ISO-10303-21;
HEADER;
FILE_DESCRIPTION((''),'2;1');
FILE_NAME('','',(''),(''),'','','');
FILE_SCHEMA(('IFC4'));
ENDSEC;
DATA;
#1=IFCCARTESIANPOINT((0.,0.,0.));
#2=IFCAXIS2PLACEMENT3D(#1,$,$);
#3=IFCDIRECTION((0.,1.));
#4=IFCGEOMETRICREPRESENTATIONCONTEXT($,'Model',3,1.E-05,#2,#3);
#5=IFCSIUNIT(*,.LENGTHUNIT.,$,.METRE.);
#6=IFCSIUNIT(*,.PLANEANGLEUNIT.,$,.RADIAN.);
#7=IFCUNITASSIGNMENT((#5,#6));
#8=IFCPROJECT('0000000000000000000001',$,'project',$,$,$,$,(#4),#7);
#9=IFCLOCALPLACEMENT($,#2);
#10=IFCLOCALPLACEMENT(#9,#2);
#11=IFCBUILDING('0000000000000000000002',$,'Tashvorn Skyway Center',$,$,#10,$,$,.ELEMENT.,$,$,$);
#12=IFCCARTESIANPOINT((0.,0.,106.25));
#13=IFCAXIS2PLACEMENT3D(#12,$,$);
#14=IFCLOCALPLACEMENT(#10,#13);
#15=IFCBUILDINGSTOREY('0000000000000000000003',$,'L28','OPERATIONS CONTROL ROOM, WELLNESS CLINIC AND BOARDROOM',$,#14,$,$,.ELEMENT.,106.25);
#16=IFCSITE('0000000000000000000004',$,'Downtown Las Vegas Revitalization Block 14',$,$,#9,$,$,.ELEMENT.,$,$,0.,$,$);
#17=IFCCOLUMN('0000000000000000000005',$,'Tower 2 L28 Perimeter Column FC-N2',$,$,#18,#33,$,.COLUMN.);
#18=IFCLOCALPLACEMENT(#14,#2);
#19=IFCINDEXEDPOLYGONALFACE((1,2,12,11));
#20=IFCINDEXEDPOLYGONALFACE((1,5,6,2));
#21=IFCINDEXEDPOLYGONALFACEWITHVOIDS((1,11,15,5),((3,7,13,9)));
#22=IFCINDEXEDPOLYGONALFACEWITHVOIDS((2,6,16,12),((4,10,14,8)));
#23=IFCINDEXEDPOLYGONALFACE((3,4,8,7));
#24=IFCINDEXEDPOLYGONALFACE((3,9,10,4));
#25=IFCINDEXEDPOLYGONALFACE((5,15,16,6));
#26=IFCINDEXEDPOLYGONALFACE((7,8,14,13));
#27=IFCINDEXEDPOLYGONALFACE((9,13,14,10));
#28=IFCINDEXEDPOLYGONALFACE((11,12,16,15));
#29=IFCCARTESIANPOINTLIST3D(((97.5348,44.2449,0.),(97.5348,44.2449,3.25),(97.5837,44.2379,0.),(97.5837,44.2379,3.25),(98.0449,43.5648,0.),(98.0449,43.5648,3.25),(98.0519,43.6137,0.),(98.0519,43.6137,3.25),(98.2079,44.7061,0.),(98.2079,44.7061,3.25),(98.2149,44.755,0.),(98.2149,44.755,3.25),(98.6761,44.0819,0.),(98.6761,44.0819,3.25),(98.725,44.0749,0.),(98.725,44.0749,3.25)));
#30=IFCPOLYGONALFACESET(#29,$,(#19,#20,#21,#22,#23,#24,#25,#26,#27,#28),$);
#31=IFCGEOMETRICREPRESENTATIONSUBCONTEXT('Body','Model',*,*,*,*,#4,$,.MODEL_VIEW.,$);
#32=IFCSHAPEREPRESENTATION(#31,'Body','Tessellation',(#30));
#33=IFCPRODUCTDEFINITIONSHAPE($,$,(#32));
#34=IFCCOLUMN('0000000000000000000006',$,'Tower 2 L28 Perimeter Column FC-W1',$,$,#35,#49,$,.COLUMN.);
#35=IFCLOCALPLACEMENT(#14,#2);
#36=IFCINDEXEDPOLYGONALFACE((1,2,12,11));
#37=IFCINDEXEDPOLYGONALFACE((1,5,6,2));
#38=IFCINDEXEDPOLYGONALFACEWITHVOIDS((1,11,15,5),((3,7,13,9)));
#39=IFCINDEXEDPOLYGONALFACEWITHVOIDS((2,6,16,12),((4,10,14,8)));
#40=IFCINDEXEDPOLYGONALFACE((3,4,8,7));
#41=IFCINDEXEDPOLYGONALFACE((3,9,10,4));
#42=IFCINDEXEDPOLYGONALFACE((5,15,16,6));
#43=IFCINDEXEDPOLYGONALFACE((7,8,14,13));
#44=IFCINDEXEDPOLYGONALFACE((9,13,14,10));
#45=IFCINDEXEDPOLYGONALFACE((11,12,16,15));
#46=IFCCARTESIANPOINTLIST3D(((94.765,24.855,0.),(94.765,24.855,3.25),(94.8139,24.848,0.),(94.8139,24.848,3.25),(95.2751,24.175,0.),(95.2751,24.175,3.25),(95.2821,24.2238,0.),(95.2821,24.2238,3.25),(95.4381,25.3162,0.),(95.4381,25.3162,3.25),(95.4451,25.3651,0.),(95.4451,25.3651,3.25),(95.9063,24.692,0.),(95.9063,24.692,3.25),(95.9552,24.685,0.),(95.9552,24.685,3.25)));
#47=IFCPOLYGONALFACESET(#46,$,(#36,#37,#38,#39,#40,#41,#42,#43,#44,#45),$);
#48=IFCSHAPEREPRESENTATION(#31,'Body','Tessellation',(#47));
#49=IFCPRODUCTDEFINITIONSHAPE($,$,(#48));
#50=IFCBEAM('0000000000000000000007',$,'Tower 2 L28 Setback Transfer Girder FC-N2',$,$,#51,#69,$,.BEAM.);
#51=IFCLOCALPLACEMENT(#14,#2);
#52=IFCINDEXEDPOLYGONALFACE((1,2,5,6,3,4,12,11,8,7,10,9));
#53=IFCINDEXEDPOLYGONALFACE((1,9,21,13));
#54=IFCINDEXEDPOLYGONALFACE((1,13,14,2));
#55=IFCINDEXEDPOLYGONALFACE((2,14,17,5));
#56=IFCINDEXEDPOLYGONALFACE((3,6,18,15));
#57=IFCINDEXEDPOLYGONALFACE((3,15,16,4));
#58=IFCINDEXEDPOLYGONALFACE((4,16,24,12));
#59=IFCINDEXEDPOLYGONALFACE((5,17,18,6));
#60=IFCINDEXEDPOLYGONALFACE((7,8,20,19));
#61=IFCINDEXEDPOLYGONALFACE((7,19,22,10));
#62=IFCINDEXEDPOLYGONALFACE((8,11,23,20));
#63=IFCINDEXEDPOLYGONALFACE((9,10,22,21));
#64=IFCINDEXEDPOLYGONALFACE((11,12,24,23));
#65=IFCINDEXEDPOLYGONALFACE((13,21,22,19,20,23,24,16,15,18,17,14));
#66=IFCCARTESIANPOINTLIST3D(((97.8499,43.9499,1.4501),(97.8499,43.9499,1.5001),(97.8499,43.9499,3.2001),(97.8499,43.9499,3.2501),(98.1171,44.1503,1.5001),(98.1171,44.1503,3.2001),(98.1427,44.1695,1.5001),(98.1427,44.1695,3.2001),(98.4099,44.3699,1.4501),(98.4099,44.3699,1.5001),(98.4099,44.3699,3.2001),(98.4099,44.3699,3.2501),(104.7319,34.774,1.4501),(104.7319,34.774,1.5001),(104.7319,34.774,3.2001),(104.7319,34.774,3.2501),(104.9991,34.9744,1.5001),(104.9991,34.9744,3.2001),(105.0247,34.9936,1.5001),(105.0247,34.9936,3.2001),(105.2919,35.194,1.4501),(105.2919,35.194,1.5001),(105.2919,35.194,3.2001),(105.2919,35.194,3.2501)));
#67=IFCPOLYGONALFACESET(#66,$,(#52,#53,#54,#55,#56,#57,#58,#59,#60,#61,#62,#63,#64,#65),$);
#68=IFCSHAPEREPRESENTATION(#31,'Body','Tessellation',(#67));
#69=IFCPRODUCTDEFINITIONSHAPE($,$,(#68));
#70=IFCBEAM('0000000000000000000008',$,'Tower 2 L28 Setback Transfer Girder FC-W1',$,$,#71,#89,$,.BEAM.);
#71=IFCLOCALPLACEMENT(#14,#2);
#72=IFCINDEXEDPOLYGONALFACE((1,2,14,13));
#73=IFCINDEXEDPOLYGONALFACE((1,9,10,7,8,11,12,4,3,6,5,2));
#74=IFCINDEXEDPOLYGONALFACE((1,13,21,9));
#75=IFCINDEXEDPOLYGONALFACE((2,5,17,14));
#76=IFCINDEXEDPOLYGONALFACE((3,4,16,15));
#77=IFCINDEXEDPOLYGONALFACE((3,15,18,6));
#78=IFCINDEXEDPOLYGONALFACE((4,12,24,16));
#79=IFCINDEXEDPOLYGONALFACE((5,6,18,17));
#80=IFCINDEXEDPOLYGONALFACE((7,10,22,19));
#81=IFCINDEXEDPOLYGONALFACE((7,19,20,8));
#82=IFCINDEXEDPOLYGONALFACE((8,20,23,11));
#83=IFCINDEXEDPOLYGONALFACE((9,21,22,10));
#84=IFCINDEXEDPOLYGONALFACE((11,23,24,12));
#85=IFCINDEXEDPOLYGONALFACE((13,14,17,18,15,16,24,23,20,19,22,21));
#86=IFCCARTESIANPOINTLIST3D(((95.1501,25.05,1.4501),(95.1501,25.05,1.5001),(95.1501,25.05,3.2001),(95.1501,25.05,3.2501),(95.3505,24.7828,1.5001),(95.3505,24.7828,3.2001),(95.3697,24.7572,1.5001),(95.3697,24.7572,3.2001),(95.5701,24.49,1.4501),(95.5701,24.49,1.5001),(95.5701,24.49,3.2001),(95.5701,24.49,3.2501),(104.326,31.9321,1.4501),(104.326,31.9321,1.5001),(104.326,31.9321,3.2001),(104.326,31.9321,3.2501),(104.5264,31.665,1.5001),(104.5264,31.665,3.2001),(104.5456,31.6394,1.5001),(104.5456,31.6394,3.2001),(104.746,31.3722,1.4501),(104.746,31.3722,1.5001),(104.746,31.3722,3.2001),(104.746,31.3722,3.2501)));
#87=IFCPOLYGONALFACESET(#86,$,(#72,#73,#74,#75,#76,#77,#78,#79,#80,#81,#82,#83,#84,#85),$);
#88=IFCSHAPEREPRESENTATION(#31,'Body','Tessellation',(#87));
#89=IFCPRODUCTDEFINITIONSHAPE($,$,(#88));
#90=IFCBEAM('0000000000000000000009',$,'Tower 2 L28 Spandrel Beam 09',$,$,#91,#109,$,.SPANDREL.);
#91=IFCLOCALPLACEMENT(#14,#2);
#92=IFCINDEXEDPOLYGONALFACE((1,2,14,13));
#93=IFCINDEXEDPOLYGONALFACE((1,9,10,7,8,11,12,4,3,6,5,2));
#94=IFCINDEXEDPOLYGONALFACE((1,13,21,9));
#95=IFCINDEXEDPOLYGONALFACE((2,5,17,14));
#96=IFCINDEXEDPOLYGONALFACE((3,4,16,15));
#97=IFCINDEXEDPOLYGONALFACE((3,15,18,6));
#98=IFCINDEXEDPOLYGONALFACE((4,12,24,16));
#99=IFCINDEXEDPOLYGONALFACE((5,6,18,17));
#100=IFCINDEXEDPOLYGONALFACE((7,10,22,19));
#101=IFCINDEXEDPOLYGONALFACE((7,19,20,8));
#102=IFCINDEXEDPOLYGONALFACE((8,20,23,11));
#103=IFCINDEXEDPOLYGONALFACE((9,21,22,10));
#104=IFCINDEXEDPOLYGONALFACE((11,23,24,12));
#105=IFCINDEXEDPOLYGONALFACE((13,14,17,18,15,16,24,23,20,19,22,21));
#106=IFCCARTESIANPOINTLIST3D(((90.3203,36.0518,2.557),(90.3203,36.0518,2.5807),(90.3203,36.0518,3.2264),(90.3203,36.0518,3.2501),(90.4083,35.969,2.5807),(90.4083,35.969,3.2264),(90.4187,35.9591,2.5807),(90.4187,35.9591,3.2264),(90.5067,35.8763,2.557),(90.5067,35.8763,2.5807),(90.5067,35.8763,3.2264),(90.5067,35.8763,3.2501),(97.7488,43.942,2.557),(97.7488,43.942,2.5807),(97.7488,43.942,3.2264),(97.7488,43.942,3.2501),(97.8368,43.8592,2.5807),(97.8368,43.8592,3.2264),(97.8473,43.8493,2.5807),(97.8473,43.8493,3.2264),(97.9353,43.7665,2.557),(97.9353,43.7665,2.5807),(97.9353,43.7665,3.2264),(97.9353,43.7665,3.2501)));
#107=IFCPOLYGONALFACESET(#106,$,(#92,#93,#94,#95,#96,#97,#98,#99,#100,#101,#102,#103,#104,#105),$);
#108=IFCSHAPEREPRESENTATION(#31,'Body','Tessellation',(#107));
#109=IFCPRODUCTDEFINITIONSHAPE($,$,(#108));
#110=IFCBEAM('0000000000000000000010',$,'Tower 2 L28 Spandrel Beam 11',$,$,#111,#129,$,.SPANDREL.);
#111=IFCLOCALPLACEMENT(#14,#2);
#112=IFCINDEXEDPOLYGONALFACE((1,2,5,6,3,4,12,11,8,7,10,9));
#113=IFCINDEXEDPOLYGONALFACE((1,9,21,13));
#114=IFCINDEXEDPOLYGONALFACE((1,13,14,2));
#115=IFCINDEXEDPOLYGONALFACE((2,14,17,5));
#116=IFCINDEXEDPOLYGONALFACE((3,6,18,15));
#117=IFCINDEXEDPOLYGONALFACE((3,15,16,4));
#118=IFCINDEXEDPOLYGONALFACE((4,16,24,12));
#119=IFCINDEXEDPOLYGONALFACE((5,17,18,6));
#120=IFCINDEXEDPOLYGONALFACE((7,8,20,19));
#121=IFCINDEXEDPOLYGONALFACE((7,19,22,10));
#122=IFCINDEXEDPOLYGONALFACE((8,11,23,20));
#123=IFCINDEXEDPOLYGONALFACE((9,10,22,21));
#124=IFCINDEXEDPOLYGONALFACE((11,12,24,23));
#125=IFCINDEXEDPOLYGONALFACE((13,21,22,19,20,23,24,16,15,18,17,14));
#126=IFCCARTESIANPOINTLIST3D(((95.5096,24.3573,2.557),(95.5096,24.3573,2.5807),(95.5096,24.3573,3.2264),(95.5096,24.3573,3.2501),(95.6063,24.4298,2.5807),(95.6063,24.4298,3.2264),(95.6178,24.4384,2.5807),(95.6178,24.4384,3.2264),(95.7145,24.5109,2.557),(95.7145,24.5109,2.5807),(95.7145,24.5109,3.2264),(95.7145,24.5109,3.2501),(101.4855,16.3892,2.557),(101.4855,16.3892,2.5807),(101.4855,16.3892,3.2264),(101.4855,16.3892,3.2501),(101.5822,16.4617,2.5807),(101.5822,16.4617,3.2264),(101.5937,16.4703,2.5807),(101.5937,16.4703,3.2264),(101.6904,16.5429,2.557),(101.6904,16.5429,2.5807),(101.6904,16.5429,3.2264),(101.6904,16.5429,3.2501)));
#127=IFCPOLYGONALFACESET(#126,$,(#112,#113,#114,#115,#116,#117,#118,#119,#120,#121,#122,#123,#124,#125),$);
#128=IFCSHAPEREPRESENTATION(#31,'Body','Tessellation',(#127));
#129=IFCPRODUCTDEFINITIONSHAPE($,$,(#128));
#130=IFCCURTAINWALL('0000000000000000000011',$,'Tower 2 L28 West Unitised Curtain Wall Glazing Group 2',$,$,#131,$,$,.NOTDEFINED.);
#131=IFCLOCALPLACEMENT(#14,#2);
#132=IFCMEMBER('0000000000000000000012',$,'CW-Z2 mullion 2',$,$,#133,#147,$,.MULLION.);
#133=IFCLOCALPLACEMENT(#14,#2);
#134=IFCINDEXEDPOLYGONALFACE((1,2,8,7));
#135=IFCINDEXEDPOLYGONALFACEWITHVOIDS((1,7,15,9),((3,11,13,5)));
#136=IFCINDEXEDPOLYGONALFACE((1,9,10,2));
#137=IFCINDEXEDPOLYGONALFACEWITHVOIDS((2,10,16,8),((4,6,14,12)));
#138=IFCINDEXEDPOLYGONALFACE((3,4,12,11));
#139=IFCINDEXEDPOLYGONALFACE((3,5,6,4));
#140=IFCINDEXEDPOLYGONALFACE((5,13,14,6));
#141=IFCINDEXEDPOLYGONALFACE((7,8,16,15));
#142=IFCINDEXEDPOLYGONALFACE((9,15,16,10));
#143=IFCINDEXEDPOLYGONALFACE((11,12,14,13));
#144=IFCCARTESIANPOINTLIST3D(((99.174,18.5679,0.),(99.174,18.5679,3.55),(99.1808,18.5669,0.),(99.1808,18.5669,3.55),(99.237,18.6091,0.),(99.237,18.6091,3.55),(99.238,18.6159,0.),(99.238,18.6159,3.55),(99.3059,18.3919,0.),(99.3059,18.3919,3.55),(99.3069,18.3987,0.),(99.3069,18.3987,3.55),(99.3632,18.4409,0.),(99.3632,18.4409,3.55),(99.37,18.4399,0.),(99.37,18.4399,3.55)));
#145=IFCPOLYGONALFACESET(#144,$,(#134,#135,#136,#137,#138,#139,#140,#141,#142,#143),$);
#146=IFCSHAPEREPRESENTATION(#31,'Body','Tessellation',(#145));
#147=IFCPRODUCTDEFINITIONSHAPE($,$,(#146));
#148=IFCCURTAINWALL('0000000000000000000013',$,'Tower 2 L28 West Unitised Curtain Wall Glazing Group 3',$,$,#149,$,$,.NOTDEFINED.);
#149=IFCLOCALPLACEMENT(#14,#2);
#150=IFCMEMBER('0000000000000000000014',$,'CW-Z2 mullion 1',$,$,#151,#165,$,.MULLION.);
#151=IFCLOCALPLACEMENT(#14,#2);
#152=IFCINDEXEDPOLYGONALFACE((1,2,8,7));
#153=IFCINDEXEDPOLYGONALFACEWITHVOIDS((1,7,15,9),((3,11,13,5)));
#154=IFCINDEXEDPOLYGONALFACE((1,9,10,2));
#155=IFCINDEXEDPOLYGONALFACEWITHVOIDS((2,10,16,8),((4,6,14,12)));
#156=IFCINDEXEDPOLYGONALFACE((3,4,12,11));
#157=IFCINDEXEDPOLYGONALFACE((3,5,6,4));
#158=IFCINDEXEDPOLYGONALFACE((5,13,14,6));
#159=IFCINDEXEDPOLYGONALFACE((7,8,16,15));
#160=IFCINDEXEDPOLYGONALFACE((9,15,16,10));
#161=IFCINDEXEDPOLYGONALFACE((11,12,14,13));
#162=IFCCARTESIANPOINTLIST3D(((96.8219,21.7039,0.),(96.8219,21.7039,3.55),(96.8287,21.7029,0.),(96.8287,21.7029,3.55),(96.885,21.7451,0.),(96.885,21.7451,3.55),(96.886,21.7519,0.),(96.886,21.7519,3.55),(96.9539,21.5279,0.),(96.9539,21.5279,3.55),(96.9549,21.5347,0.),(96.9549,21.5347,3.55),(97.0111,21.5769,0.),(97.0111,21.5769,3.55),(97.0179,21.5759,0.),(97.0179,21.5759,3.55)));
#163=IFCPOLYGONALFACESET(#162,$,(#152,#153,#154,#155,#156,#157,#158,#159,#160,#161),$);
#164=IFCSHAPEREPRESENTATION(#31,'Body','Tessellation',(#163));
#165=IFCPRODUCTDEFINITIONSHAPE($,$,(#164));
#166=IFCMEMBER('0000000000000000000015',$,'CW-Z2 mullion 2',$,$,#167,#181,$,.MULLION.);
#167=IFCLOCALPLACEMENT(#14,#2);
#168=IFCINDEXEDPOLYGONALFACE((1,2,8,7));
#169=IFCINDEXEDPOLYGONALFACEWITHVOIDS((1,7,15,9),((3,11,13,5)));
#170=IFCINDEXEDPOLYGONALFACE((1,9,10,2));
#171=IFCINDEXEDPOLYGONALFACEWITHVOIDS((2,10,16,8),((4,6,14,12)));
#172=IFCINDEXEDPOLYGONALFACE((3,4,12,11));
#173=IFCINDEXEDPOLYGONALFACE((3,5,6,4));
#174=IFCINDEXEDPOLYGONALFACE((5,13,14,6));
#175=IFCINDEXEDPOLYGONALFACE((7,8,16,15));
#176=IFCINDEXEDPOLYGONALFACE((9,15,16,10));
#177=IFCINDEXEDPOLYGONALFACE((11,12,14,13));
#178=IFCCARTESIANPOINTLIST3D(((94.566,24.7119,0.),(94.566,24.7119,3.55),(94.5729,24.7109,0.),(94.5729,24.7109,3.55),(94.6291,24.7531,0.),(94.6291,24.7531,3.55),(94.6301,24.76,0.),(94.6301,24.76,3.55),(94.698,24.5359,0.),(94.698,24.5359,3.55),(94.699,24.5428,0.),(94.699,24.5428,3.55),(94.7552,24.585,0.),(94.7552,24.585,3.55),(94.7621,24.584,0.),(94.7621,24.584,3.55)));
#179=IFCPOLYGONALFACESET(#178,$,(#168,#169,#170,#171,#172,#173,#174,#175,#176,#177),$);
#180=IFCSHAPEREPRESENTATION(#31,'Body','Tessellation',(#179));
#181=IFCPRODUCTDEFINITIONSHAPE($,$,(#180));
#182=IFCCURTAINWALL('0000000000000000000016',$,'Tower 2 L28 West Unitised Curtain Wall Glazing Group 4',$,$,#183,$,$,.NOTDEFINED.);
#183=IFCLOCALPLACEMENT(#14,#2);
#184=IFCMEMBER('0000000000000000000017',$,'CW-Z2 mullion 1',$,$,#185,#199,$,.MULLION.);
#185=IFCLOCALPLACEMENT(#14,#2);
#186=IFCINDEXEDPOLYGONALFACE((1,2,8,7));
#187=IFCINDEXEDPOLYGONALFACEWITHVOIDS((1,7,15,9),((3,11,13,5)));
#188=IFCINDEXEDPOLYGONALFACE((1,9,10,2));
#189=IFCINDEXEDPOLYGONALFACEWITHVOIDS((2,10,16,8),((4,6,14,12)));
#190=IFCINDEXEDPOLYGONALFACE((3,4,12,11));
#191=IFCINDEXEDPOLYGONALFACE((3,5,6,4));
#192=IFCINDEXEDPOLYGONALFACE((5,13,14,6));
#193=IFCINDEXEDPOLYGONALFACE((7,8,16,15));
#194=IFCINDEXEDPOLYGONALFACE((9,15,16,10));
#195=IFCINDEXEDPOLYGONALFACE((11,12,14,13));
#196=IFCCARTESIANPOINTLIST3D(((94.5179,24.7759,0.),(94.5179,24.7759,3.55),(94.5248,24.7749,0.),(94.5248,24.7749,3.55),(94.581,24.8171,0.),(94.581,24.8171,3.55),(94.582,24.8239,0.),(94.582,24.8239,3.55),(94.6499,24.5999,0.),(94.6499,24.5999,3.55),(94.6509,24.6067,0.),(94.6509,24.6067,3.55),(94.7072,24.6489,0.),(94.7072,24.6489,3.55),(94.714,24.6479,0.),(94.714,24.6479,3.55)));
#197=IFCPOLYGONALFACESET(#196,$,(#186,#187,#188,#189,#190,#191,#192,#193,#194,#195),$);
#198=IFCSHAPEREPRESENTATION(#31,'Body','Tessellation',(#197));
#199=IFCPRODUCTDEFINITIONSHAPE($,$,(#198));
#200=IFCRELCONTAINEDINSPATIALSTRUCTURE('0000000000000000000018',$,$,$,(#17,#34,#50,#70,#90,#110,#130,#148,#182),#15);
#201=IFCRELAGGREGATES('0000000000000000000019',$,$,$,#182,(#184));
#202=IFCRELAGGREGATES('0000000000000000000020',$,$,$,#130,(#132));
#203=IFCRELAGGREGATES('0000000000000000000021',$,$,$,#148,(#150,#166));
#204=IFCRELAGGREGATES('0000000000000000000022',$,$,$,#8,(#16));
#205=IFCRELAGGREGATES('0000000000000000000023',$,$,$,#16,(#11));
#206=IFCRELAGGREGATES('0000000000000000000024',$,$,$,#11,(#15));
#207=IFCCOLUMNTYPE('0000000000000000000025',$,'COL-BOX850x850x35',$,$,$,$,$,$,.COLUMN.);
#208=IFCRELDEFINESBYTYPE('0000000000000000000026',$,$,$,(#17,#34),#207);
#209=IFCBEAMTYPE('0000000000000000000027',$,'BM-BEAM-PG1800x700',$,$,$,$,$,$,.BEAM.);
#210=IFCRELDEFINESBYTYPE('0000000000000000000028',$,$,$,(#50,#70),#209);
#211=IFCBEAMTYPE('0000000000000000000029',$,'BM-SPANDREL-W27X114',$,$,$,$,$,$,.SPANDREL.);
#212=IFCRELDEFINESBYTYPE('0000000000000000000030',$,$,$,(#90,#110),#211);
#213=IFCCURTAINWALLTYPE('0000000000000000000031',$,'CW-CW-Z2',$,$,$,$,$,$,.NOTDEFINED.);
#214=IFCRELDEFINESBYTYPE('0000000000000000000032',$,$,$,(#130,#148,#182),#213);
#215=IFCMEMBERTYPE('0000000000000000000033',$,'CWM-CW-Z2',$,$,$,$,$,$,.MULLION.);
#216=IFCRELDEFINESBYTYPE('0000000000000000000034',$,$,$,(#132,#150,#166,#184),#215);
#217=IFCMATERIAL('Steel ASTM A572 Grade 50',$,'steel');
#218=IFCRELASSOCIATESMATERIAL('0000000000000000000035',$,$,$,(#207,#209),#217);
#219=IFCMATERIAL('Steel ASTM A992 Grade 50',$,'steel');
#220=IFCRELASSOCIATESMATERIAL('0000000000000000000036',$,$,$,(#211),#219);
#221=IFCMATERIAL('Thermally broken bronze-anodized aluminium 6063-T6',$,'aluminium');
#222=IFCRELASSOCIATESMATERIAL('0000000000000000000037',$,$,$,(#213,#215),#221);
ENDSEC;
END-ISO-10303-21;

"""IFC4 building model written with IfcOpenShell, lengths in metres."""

from ifc_helpers import new_model, si_unit, direction, frame, origin, origin_2d, place, context, subcontext, project, spatial, hollow_rectangle, i_section, extrude, material, material_profile, profile_set, type_object, element, aggregate, save


model = new_model("IFC4")

# Units and contexts
model_context = context("Model", 3, precision=1e-05, world=origin(), true_north=direction((0.0, 1.0)))
body_context = subcontext(model_context, "Body", "Model", "MODEL_VIEW")
ifc_project = project(units=[si_unit("LENGTHUNIT", "METRE"), si_unit("PLANEANGLEUNIT", "RADIAN")], contexts=[model_context])

# Site, building, storey
site_placement = place(None, origin())
site = spatial("IfcSite", under=ifc_project, at=site_placement, Name="Downtown Las Vegas Revitalization Block 14", CompositionType="ELEMENT", RefElevation=0.0)
building_placement = place(site_placement, origin())
building = spatial("IfcBuilding", under=site, at=building_placement, Name="Tashvorn Skyway Center", CompositionType="ELEMENT")
storey_placement = place(building_placement, frame((0.0, 0.0, 106.25)))
storey = spatial("IfcBuildingStorey", under=building, at=storey_placement, Name="L28", Description="OPERATIONS CONTROL ROOM, WELLNESS CLINIC AND BOARDROOM", CompositionType="ELEMENT", Elevation=106.25)

# Columns
ifc_material_1 = material(Name="Steel ASTM A572 Grade 50", Category="steel")
ifc_material_profile_1 = material_profile(ifc_material_1, hollow_rectangle(XDim=0.8501, YDim=0.8501, WallThickness=0.0349, at=origin_2d()), Name="BOX850x850x35")
ifc_profile_set_1 = profile_set([ifc_material_profile_1], Name="Steel ASTM A572 Grade 50")
column_type = type_object("IfcColumnType", Name="COL-BOX850x850x35", PredefinedType="COLUMN", material=ifc_profile_set_1)
for number, where, z_axis, x_axis, name in (
    (1, (98.1299, 44.1599, 0.0), (0.0, 0.0, 1.0), (0.8, 0.6, 0.0), "Tower 2 L28 Perimeter Column FC-N2"),
    (2, (95.3601, 24.77, 0.0), (0.0, 0.0, 1.0), (0.8, 0.6, 0.0), "Tower 2 L28 Perimeter Column FC-W1"),
):
    element("IfcColumn", number, at=place(storey_placement, frame(where, z_axis=z_axis, x_axis=x_axis)), inside=storey, type_object=column_type, Name=name, PredefinedType="COLUMN", context=body_context, shape_type="SweptSolid", body=[
        extrude(hollow_rectangle(XDim=0.8501, YDim=0.8501, WallThickness=0.0349, at=origin_2d()), origin(), (0.0, 0.0, 1.0), 3.25),
    ])

# Beams
ifc_material_profile_2 = material_profile(ifc_material_1, i_section(OverallWidth=0.7, OverallDepth=1.8, WebThickness=0.032, FlangeThickness=0.05, at=origin_2d()), Name="PG1800x700")
ifc_profile_set_2 = profile_set([ifc_material_profile_2], Name="Steel ASTM A572 Grade 50")
beam_type_1 = type_object("IfcBeamType", Name="BM-BEAM-PG1800x700", PredefinedType="BEAM", material=ifc_profile_set_2)
for number, where, z_axis, x_axis, name in (
    (3, (98.1299, 44.1599, 2.3501), (0.600003, -0.799997, 0.0), (0.799997, 0.600003, 0.0), "Tower 2 L28 Setback Transfer Girder FC-N2"),
    (4, (95.3601, 24.77, 2.3501), (0.79999, 0.600014, 0.0), (-0.600014, 0.79999, 0.0), "Tower 2 L28 Setback Transfer Girder FC-W1"),
):
    element("IfcBeam", number, at=place(storey_placement, frame(where, z_axis=z_axis, x_axis=x_axis)), inside=storey, type_object=beam_type_1, Name=name, PredefinedType="BEAM", context=body_context, shape_type="SweptSolid", body=[
        extrude(i_section(OverallWidth=0.7, OverallDepth=1.8, WebThickness=0.032, FlangeThickness=0.05, at=origin_2d()), origin(), (0.0, 0.0, 1.0), 11.47),
    ])
ifc_material_2 = material(Name="Steel ASTM A992 Grade 50", Category="steel")
ifc_material_profile_3 = material_profile(ifc_material_2, i_section(OverallWidth=0.2561, OverallDepth=0.6931, WebThickness=0.0144, FlangeThickness=0.0237, at=origin_2d()), Name="W27X114")
ifc_profile_set_3 = profile_set([ifc_material_profile_3], Name="Steel ASTM A992 Grade 50")
beam_type_2 = type_object("IfcBeamType", Name="BM-SPANDREL-W27X114", PredefinedType="SPANDREL", material=ifc_profile_set_3)
beam_1_placement = place(storey_placement, frame((97.842, 43.8542, 2.9036), z_axis=(-0.685485, -0.728087, 0.0), x_axis=(0.728087, -0.685485, 0.0)))
element("IfcBeam", 5, at=beam_1_placement, inside=storey, type_object=beam_type_2, Name="Tower 2 L28 Spandrel Beam 09", PredefinedType="SPANDREL", context=body_context, shape_type="SweptSolid", body=[
    extrude(i_section(OverallWidth=0.2561, OverallDepth=0.6931, WebThickness=0.0144, FlangeThickness=0.0237, at=origin_2d()), origin(), (0.0, 0.0, 1.0), 10.8369),
])
beam_2_placement = place(storey_placement, frame((95.6121, 24.4341, 2.9036), z_axis=(0.599988, -0.800009, 0.0), x_axis=(0.800009, 0.599988, 0.0)))
element("IfcBeam", 6, at=beam_2_placement, inside=storey, type_object=beam_type_2, Name="Tower 2 L28 Spandrel Beam 11", PredefinedType="SPANDREL", context=body_context, shape_type="SweptSolid", body=[
    extrude(i_section(OverallWidth=0.2561, OverallDepth=0.6931, WebThickness=0.0144, FlangeThickness=0.0237, at=origin_2d()), origin(), (0.0, 0.0, 1.0), 9.96),
])

# Curtain wall, member
ifc_material_3 = material(Name="Thermally broken bronze-anodized aluminium 6063-T6", Category="aluminium")
curtain_wall_type = type_object("IfcCurtainWallType", Name="CW-CW-Z2", PredefinedType="NOTDEFINED", material=ifc_material_3)
curtain_wall_1_placement = place(storey_placement, origin())
curtain_wall_1 = element("IfcCurtainWall", 7, at=curtain_wall_1_placement, inside=storey, type_object=curtain_wall_type, Name="Tower 2 L28 West Unitised Curtain Wall Glazing Group 2", PredefinedType="NOTDEFINED")
ifc_material_profile_4 = material_profile(ifc_material_3, hollow_rectangle(XDim=0.0801, YDim=0.22, WallThickness=0.0049, at=origin_2d()), Name="ALU-MULL-80x220")
ifc_profile_set_4 = profile_set([ifc_material_profile_4], Name="Thermally broken bronze-anodized aluminium 6063-T6")
member_type_1 = type_object("IfcMemberType", Name="CWM-CW-Z2", PredefinedType="MULLION", material=ifc_profile_set_4)
member_1_placement = place(storey_placement, frame((99.272, 18.5039, 0.0), z_axis=(0.0, 0.0, 1.0), x_axis=(-0.8, -0.6, 0.0)))
member_1 = element("IfcMember", 8, at=member_1_placement, type_object=member_type_1, Name="CW-Z2 mullion 2", PredefinedType="MULLION", context=body_context, shape_type="SweptSolid", body=[
    extrude(hollow_rectangle(XDim=0.0801, YDim=0.22, WallThickness=0.0049, at=origin_2d()), origin(), (0.0, 0.0, 1.0), 3.55),
])

# Curtain wall, members
curtain_wall_2_placement = place(storey_placement, origin())
curtain_wall_2 = element("IfcCurtainWall", 9, at=curtain_wall_2_placement, inside=storey, type_object=curtain_wall_type, Name="Tower 2 L28 West Unitised Curtain Wall Glazing Group 3", PredefinedType="NOTDEFINED")
member_2_placement = place(storey_placement, frame((96.9199, 21.6399, 0.0), z_axis=(0.0, 0.0, 1.0), x_axis=(-0.8, -0.6, 0.0)))
member_2 = element("IfcMember", 10, at=member_2_placement, type_object=member_type_1, Name="CW-Z2 mullion 1", PredefinedType="MULLION", context=body_context, shape_type="SweptSolid", body=[
    extrude(hollow_rectangle(XDim=0.0801, YDim=0.22, WallThickness=0.0049, at=origin_2d()), origin(), (0.0, 0.0, 1.0), 3.55),
])
member_3_placement = place(storey_placement, frame((94.6641, 24.6479, 0.0), z_axis=(0.0, 0.0, 1.0), x_axis=(-0.8, -0.6, 0.0)))
member_3 = element("IfcMember", 11, at=member_3_placement, type_object=member_type_1, Name="CW-Z2 mullion 2", PredefinedType="MULLION", context=body_context, shape_type="SweptSolid", body=[
    extrude(hollow_rectangle(XDim=0.0801, YDim=0.22, WallThickness=0.0049, at=origin_2d()), origin(), (0.0, 0.0, 1.0), 3.55),
])

# Curtain wall, member
curtain_wall_3_placement = place(storey_placement, origin())
curtain_wall_3 = element("IfcCurtainWall", 12, at=curtain_wall_3_placement, inside=storey, type_object=curtain_wall_type, Name="Tower 2 L28 West Unitised Curtain Wall Glazing Group 4", PredefinedType="NOTDEFINED")
member_4_placement = place(storey_placement, frame((94.616, 24.7119, 0.0), z_axis=(0.0, 0.0, 1.0), x_axis=(-0.8, -0.6, 0.0)))
member_4 = element("IfcMember", 13, at=member_4_placement, type_object=member_type_1, Name="CW-Z2 mullion 1", PredefinedType="MULLION", context=body_context, shape_type="SweptSolid", body=[
    extrude(hollow_rectangle(XDim=0.0801, YDim=0.22, WallThickness=0.0049, at=origin_2d()), origin(), (0.0, 0.0, 1.0), 3.55),
])

aggregate(curtain_wall_3, [member_4])

aggregate(curtain_wall_1, [member_1])
aggregate(curtain_wall_2, [member_2, member_3])

save(model, "model.ifc")
